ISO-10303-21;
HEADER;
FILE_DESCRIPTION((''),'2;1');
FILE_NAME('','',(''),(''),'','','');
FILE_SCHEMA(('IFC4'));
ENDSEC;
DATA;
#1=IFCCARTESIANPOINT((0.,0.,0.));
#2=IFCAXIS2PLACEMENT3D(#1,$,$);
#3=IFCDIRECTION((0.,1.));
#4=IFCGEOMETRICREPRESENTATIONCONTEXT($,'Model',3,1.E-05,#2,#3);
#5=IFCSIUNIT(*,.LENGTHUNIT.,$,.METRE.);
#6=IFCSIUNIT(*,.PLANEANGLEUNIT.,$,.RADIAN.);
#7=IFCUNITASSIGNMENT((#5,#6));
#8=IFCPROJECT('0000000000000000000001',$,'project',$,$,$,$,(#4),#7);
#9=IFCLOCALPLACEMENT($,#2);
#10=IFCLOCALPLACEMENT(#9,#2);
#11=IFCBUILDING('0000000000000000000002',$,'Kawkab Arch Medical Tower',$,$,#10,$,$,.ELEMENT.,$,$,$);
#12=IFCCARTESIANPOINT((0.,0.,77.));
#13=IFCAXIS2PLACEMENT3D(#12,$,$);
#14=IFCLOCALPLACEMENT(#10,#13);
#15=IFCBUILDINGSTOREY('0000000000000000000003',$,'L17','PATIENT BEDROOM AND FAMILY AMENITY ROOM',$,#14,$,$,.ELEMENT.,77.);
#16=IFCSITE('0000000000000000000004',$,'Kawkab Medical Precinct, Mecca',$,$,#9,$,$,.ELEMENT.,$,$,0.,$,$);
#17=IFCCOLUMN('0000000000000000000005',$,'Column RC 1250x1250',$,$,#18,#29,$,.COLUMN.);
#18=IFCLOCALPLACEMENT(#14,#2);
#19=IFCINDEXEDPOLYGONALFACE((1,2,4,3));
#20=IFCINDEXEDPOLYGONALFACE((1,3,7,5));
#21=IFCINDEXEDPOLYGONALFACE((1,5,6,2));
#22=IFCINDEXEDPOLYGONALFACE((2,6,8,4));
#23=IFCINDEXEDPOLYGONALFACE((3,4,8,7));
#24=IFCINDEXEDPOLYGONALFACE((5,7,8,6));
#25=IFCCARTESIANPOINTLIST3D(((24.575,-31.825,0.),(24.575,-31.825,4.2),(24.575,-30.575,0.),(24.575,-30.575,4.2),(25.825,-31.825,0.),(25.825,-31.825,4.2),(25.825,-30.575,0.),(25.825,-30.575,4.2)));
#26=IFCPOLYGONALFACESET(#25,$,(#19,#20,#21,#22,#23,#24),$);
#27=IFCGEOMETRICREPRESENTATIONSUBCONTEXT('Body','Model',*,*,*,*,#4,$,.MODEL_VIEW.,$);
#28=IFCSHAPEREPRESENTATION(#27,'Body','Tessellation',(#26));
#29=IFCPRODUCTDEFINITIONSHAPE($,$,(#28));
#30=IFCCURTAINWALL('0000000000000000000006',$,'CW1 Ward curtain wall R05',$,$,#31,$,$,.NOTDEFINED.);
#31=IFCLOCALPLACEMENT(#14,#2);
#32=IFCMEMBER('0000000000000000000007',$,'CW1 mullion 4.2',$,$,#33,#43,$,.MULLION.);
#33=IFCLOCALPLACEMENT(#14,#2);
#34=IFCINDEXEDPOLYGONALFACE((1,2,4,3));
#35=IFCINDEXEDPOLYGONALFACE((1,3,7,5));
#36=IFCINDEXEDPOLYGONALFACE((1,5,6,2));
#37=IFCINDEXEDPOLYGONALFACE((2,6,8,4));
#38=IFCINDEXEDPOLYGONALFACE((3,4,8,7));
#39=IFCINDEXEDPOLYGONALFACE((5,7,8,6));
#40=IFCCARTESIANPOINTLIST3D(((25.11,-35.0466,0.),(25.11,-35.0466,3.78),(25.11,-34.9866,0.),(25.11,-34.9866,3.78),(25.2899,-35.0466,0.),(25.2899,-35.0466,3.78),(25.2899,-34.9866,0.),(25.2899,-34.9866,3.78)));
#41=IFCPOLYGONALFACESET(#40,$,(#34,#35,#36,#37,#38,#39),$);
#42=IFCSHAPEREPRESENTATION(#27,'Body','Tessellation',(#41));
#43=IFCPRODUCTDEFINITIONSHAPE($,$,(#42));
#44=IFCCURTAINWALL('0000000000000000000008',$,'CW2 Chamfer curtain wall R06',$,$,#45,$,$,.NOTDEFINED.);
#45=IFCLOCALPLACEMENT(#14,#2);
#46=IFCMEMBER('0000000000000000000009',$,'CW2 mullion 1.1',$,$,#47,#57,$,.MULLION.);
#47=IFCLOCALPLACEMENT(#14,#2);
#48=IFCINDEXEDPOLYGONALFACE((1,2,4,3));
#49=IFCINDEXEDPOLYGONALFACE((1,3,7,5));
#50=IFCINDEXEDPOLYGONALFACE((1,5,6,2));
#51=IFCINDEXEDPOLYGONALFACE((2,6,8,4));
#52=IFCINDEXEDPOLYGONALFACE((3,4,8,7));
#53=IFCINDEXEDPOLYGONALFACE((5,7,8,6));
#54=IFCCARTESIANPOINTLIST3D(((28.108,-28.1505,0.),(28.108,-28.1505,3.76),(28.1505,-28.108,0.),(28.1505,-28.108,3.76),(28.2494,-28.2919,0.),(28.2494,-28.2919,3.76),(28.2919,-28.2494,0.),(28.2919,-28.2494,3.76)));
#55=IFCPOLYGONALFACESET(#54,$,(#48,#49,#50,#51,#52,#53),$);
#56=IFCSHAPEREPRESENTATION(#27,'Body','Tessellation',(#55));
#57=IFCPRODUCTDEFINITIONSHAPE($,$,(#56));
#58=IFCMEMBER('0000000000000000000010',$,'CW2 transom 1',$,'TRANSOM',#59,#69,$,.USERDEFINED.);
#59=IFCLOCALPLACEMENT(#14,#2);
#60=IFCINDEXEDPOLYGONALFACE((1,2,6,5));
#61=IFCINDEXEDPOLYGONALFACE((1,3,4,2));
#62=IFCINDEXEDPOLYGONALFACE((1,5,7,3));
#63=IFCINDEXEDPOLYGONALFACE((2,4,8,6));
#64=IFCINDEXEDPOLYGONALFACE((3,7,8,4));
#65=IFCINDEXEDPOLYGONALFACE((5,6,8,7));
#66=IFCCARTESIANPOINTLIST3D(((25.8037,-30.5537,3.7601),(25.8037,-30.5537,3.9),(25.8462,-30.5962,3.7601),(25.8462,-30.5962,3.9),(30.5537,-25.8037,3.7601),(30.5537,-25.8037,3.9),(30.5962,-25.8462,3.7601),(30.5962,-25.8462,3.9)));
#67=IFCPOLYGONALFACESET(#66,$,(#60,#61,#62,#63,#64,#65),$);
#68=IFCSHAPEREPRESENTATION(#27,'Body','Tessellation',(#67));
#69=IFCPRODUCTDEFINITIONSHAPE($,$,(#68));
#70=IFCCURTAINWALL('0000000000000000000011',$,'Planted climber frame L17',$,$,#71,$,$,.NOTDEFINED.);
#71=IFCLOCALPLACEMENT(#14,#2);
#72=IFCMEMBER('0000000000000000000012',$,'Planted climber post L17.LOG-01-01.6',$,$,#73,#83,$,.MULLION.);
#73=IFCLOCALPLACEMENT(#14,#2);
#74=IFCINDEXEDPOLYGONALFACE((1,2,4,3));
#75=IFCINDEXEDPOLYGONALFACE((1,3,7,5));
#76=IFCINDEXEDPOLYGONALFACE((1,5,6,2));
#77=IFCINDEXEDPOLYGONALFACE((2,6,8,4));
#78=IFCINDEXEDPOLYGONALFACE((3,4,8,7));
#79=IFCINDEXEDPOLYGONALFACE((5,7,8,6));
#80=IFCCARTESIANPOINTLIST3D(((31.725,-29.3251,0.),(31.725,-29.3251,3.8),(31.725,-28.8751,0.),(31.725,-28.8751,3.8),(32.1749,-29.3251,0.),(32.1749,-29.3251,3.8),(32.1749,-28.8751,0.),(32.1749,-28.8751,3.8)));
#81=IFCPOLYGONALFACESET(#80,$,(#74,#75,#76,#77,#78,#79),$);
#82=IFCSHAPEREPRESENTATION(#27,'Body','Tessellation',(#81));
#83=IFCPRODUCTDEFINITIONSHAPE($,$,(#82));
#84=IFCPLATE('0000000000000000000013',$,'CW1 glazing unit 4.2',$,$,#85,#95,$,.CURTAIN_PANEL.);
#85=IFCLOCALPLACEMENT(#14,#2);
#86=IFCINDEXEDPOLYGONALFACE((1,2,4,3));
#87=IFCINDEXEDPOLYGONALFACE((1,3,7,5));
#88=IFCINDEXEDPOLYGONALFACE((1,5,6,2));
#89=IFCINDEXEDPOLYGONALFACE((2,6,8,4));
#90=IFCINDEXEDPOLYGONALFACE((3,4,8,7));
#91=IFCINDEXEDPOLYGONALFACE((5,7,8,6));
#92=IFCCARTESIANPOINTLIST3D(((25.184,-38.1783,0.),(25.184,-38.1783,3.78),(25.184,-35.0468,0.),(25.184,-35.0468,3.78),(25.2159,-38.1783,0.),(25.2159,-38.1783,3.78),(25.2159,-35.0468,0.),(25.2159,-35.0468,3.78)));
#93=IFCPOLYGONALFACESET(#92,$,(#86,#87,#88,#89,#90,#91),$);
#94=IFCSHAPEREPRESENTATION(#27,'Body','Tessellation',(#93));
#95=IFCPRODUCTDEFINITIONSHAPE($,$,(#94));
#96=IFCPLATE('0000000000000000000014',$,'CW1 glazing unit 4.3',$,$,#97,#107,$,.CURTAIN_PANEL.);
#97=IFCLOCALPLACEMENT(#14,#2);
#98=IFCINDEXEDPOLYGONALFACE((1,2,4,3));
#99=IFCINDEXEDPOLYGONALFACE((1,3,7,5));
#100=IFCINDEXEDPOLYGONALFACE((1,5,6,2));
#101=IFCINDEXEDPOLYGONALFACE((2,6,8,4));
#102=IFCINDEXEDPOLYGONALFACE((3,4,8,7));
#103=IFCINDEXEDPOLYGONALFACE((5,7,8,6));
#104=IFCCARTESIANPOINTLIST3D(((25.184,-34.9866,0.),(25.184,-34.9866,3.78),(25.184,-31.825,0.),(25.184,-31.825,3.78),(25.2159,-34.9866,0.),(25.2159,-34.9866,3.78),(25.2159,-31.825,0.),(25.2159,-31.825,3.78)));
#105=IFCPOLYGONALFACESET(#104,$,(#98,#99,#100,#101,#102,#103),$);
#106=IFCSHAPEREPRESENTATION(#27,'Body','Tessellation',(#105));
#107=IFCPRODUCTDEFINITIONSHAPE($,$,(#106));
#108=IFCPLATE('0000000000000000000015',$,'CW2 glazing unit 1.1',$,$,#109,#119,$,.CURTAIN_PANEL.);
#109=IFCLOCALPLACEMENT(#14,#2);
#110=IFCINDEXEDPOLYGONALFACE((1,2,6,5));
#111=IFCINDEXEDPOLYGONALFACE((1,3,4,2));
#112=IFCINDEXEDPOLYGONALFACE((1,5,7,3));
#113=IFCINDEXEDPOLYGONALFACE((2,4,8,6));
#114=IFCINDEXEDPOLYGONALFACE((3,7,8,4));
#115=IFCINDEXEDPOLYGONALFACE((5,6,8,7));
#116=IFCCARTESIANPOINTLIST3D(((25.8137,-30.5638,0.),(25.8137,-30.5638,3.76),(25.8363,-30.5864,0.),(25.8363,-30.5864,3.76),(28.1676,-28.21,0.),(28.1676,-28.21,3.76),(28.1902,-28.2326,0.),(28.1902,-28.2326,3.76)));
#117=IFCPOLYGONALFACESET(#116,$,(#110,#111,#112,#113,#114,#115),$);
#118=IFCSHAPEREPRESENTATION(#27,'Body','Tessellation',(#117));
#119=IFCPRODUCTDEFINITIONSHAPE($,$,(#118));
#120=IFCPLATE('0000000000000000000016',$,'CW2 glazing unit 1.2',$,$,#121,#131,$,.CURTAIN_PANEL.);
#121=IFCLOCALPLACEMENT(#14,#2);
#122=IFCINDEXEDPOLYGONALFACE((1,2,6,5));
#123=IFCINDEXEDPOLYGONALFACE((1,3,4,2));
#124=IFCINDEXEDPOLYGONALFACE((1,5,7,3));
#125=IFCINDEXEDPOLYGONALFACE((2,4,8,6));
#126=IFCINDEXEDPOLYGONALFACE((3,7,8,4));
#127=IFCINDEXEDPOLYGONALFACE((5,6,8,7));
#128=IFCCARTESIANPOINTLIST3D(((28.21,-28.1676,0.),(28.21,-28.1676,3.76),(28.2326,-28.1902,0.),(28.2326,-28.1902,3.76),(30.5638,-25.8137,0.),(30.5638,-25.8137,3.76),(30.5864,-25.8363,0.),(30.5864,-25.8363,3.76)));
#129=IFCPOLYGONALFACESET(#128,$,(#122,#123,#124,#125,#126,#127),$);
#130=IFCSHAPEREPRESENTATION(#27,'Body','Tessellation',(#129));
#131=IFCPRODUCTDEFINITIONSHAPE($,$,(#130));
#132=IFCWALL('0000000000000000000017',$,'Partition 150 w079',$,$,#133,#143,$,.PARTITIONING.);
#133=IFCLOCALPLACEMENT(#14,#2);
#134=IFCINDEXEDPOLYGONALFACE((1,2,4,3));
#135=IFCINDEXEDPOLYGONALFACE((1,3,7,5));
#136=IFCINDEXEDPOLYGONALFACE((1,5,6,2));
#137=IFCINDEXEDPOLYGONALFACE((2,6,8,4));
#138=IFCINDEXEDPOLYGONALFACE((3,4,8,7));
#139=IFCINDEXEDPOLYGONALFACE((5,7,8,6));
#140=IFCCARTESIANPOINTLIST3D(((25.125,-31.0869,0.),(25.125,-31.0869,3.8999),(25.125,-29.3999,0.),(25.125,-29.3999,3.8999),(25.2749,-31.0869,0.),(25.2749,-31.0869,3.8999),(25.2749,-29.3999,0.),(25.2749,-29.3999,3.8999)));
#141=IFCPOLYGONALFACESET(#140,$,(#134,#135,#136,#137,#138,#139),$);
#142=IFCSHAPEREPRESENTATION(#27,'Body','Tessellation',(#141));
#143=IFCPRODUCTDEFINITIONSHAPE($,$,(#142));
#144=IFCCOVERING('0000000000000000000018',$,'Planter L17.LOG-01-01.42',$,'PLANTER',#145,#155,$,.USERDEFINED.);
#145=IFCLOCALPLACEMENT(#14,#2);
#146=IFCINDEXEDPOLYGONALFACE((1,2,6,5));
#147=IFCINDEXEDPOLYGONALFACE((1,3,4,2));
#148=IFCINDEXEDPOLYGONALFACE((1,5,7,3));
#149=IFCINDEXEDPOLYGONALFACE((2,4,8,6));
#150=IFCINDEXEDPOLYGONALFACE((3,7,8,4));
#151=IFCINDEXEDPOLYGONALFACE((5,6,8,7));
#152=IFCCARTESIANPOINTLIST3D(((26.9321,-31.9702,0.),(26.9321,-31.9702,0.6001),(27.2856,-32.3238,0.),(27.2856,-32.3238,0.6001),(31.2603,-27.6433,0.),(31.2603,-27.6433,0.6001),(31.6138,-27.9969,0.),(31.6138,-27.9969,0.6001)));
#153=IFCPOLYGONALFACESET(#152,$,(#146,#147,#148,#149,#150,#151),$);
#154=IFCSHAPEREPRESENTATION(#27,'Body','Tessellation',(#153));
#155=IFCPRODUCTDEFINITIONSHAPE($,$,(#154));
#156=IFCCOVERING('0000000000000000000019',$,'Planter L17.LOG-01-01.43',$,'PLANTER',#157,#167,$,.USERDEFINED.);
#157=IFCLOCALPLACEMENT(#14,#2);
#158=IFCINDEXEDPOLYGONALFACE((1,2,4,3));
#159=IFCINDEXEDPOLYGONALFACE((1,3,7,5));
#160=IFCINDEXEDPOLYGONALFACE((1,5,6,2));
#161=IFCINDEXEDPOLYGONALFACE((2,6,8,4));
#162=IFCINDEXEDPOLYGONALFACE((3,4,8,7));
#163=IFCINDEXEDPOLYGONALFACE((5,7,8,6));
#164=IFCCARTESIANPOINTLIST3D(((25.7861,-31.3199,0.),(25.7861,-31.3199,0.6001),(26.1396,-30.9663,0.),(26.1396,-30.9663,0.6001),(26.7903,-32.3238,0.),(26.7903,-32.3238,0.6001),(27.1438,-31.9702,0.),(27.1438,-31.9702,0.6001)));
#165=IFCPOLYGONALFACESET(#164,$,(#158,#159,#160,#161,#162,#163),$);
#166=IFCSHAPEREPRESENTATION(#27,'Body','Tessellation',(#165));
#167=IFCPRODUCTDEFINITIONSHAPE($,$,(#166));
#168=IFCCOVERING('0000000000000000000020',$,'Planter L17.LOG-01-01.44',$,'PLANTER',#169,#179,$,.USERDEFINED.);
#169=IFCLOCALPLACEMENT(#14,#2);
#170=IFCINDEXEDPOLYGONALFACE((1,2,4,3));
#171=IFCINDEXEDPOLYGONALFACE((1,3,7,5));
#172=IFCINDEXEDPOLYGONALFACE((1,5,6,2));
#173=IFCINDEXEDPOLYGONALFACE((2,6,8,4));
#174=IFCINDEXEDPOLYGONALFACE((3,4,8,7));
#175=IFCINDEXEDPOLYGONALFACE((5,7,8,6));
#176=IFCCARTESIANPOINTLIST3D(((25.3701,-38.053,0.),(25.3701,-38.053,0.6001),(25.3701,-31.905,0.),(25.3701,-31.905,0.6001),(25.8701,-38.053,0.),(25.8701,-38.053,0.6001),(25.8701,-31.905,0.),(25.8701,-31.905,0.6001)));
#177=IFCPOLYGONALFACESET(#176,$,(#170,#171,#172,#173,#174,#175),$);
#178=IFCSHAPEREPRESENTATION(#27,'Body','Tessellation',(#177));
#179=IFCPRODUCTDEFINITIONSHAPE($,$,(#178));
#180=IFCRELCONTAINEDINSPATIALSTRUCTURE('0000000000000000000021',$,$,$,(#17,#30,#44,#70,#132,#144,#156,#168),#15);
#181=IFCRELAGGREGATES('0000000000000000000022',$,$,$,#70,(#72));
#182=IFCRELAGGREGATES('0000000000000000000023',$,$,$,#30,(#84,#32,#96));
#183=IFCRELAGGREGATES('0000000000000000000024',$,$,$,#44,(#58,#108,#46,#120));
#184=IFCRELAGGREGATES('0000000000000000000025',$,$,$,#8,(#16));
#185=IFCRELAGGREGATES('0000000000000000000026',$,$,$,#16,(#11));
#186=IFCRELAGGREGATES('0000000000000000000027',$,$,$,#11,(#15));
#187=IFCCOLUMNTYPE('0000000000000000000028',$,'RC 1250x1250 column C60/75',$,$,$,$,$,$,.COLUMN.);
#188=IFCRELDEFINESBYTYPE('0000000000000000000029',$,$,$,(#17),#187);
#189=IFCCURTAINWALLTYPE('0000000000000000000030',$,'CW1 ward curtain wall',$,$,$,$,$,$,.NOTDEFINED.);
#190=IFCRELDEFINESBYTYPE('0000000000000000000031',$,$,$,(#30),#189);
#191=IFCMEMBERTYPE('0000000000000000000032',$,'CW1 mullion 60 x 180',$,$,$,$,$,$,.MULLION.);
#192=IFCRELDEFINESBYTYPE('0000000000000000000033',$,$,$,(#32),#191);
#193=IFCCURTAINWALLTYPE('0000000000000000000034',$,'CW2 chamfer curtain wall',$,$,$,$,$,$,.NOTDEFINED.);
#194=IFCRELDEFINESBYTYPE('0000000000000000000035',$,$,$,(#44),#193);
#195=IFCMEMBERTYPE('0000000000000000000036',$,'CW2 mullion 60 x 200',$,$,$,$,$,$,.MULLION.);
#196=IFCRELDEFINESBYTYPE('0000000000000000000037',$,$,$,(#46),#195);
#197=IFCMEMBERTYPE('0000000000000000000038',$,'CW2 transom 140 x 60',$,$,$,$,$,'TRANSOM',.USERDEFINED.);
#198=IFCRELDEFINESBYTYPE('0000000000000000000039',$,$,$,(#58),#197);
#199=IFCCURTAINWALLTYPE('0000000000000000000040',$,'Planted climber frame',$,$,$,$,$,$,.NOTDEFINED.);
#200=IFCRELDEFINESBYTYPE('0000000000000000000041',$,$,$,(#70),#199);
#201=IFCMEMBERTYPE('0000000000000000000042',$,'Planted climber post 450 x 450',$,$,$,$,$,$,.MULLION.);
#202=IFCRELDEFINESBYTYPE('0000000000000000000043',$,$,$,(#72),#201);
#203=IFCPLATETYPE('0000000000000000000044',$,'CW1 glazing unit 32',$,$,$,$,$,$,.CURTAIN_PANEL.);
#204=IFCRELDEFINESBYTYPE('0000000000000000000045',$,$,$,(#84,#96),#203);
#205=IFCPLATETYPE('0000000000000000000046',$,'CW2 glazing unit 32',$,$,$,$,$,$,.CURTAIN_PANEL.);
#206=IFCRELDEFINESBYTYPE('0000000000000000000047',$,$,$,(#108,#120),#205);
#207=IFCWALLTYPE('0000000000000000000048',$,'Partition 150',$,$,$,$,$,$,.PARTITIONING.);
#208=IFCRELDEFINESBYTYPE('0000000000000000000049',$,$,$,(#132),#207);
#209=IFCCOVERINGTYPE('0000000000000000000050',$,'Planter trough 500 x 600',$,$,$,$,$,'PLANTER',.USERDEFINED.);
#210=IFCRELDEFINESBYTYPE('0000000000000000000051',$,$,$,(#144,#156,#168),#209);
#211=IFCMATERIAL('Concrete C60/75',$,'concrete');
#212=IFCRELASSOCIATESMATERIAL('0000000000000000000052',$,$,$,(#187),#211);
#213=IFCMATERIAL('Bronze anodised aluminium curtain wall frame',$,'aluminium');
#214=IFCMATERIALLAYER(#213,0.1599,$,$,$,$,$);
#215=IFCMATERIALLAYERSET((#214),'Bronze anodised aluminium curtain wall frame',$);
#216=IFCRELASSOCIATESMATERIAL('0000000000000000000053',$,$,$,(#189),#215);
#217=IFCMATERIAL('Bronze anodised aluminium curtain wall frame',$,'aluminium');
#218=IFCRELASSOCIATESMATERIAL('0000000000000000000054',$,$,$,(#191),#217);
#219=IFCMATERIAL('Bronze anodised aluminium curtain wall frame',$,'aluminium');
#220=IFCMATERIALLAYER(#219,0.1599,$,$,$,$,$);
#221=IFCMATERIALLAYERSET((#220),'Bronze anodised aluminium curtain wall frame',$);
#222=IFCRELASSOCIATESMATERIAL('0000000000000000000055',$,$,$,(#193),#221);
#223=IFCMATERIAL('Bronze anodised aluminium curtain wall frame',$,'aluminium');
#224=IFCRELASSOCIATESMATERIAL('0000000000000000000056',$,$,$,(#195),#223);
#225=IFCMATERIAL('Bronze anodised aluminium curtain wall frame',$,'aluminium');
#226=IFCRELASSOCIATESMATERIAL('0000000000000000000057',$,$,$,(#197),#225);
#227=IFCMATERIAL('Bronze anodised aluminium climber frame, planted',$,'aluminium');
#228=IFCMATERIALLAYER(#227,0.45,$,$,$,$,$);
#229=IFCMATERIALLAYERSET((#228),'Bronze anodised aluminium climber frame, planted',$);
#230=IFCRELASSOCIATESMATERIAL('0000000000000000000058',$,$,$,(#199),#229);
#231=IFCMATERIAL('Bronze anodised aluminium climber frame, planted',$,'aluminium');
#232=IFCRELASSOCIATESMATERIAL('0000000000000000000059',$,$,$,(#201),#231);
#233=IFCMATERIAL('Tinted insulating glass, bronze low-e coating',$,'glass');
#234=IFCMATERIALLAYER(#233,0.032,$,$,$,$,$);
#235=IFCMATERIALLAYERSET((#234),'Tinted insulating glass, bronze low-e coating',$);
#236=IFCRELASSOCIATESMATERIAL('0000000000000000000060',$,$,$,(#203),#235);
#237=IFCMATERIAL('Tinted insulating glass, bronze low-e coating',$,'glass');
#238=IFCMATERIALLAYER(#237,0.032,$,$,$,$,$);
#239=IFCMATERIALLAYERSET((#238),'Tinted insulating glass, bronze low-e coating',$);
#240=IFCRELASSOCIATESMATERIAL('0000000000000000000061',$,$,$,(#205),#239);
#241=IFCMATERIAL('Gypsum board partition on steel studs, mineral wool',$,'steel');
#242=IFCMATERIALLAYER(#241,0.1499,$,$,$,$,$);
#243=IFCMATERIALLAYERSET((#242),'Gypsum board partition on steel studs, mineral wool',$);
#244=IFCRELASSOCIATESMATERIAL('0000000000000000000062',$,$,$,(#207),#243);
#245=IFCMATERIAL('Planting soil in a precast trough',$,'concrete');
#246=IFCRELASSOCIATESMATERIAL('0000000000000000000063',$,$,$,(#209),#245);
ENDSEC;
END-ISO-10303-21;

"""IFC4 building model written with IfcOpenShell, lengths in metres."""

from ifc_helpers import new_model, si_unit, direction, frame, frame_2d, origin, origin_2d, place, context, subcontext, project, spatial, rectangle, extrude, material, layer, layer_set, material_profile, profile_set, type_object, element, aggregate, save


model = new_model("IFC4")

# Units and contexts
model_context = context("Model", 3, precision=1e-05, world=origin(), true_north=direction((0.0, 1.0)))
body_context = subcontext(model_context, "Body", "Model", "MODEL_VIEW")
ifc_project = project(units=[si_unit("LENGTHUNIT", "METRE"), si_unit("PLANEANGLEUNIT", "RADIAN")], contexts=[model_context])

# Site, building, storey
site_placement = place(None, origin())
site = spatial("IfcSite", under=ifc_project, at=site_placement, Name="Kawkab Medical Precinct, Mecca", CompositionType="ELEMENT", RefElevation=0.0)
building_placement = place(site_placement, origin())
building = spatial("IfcBuilding", under=site, at=building_placement, Name="Kawkab Arch Medical Tower", CompositionType="ELEMENT")
storey_placement = place(building_placement, frame((0.0, 0.0, 77.0)))
storey = spatial("IfcBuildingStorey", under=building, at=storey_placement, Name="L17", Description="PATIENT BEDROOM AND FAMILY AMENITY ROOM", CompositionType="ELEMENT", Elevation=77.0)

# Column
ifc_material_1 = material(Name="Concrete C60/75", Category="concrete")
ifc_material_profile_1 = material_profile(ifc_material_1, rectangle(XDim=1.25, YDim=1.25, at=origin_2d()), Name="RC 1250x1250")
ifc_profile_set_1 = profile_set([ifc_material_profile_1], Name="Concrete C60/75")
column_type = type_object("IfcColumnType", Name="RC 1250x1250 column C60/75", PredefinedType="COLUMN", material=ifc_profile_set_1)
column_placement = place(storey_placement, frame((25.2, -31.2, 0.0), z_axis=(0.0, 0.0, 1.0), x_axis=(1.0, 0.0, 0.0)))
element("IfcColumn", 1, at=column_placement, inside=storey, type_object=column_type, Name="Column RC 1250x1250", PredefinedType="COLUMN", context=body_context, shape_type="SweptSolid", body=[
    extrude(rectangle(XDim=1.25, YDim=1.25, at=origin_2d()), origin(), (0.0, 0.0, 1.0), 4.2),
])

# Curtain wall, member
ifc_material_2 = material(Name="Bronze anodised aluminium curtain wall frame", Category="aluminium")
ifc_layer_1 = layer(ifc_material_2, 0.1599)
ifc_layer_set_1 = layer_set([ifc_layer_1], Name="Bronze anodised aluminium curtain wall frame")
curtain_wall_type_1 = type_object("IfcCurtainWallType", Name="CW1 ward curtain wall", PredefinedType="NOTDEFINED", material=ifc_layer_set_1)
placement = place(storey_placement, origin())
curtain_wall_1 = element("IfcCurtainWall", 2, at=placement, inside=storey, type_object=curtain_wall_type_1, Name="CW1 Ward curtain wall R05", PredefinedType="NOTDEFINED")
ifc_material_3 = material(Name="Bronze anodised aluminium curtain wall frame", Category="aluminium")
ifc_material_profile_2 = material_profile(ifc_material_3, rectangle(XDim=0.1799, YDim=0.0601, at=origin_2d()), Name="AL 60x180")
ifc_profile_set_2 = profile_set([ifc_material_profile_2], Name="Bronze anodised aluminium curtain wall frame")
member_type_1 = type_object("IfcMemberType", Name="CW1 mullion 60 x 180", PredefinedType="MULLION", material=ifc_profile_set_2)
member_1_placement = place(storey_placement, frame((25.2, -35.0166, 0.0), z_axis=(0.0, 0.0, 1.0), x_axis=(-1.0, 0.0, 0.0)))
member_1 = element("IfcMember", 3, at=member_1_placement, type_object=member_type_1, Name="CW1 mullion 4.2", PredefinedType="MULLION", context=body_context, shape_type="SweptSolid", body=[
    extrude(rectangle(XDim=0.1799, YDim=0.0601, at=origin_2d()), origin(), (0.0, 0.0, 1.0), 3.78),
])

# Curtain wall, members
ifc_material_4 = material(Name="Bronze anodised aluminium curtain wall frame", Category="aluminium")
ifc_layer_2 = layer(ifc_material_4, 0.1599)
ifc_layer_set_2 = layer_set([ifc_layer_2], Name="Bronze anodised aluminium curtain wall frame")
curtain_wall_type_2 = type_object("IfcCurtainWallType", Name="CW2 chamfer curtain wall", PredefinedType="NOTDEFINED", material=ifc_layer_set_2)
curtain_wall_2 = element("IfcCurtainWall", 4, at=placement, inside=storey, type_object=curtain_wall_type_2, Name="CW2 Chamfer curtain wall R06", PredefinedType="NOTDEFINED")
ifc_material_5 = material(Name="Bronze anodised aluminium curtain wall frame", Category="aluminium")
ifc_material_profile_3 = material_profile(ifc_material_5, rectangle(XDim=0.2, YDim=0.0601, at=origin_2d()), Name="AL 60x200")
ifc_profile_set_3 = profile_set([ifc_material_profile_3], Name="Bronze anodised aluminium curtain wall frame")
member_type_2 = type_object("IfcMemberType", Name="CW2 mullion 60 x 200", PredefinedType="MULLION", material=ifc_profile_set_3)
member_2_placement = place(storey_placement, frame((28.2, -28.2, 0.0), z_axis=(0.0, 0.0, 1.0), x_axis=(-0.707107, 0.707107, 0.0)))
member_2 = element("IfcMember", 5, at=member_2_placement, type_object=member_type_2, Name="CW2 mullion 1.1", PredefinedType="MULLION", context=body_context, shape_type="SweptSolid", body=[
    extrude(rectangle(XDim=0.2, YDim=0.0601, at=origin_2d()), origin(), (0.0, 0.0, 1.0), 3.76),
])
ifc_material_6 = material(Name="Bronze anodised aluminium curtain wall frame", Category="aluminium")
ifc_material_profile_4 = material_profile(ifc_material_6, rectangle(XDim=0.0601, YDim=0.1399, at=origin_2d()), Name="AL 60x140")
ifc_profile_set_4 = profile_set([ifc_material_profile_4], Name="Bronze anodised aluminium curtain wall frame")
member_type_3 = type_object("IfcMemberType", Name="CW2 transom 140 x 60", ElementType="TRANSOM", PredefinedType="USERDEFINED", material=ifc_profile_set_4)
member_3_placement = place(storey_placement, frame((25.825, -30.575, 3.8301), z_axis=(0.707107, 0.707107, 0.0), x_axis=(-0.707107, 0.707107, 0.0)))
member_3 = element("IfcMember", 6, at=member_3_placement, type_object=member_type_3, Name="CW2 transom 1", ObjectType="TRANSOM", PredefinedType="USERDEFINED", context=body_context, shape_type="SweptSolid", body=[
    extrude(rectangle(XDim=0.0601, YDim=0.1399, at=origin_2d()), origin(), (0.0, 0.0, 1.0), 6.7175),
])

# Curtain wall, member
ifc_material_7 = material(Name="Bronze anodised aluminium climber frame, planted", Category="aluminium")
ifc_layer_3 = layer(ifc_material_7, 0.45)
ifc_layer_set_3 = layer_set([ifc_layer_3], Name="Bronze anodised aluminium climber frame, planted")
curtain_wall_type_3 = type_object("IfcCurtainWallType", Name="Planted climber frame", PredefinedType="NOTDEFINED", material=ifc_layer_set_3)
curtain_wall_3 = element("IfcCurtainWall", 7, at=placement, inside=storey, type_object=curtain_wall_type_3, Name="Planted climber frame L17", PredefinedType="NOTDEFINED")
ifc_material_8 = material(Name="Bronze anodised aluminium climber frame, planted", Category="aluminium")
ifc_material_profile_5 = material_profile(ifc_material_8, rectangle(XDim=0.45, YDim=0.45, at=origin_2d()), Name="Post 450x450")
ifc_profile_set_5 = profile_set([ifc_material_profile_5], Name="Bronze anodised aluminium climber frame, planted")
member_type_4 = type_object("IfcMemberType", Name="Planted climber post 450 x 450", PredefinedType="MULLION", material=ifc_profile_set_5)
member_4_placement = place(storey_placement, frame((31.95, -29.1001, 0.0), z_axis=(0.0, 0.0, 1.0), x_axis=(1.0, 0.0, 0.0)))
member_4 = element("IfcMember", 8, at=member_4_placement, type_object=member_type_4, Name="Planted climber post L17.LOG-01-01.6", PredefinedType="MULLION", context=body_context, shape_type="SweptSolid", body=[
    extrude(rectangle(XDim=0.45, YDim=0.45, at=origin_2d()), origin(), (0.0, 0.0, 1.0), 3.8),
])
aggregate(curtain_wall_3, [member_4])

# Plates
ifc_material_9 = material(Name="Tinted insulating glass, bronze low-e coating", Category="glass")
ifc_layer_4 = layer(ifc_material_9, 0.032)
ifc_layer_set_4 = layer_set([ifc_layer_4], Name="Tinted insulating glass, bronze low-e coating")
plate_type_1 = type_object("IfcPlateType", Name="CW1 glazing unit 32", PredefinedType="CURTAIN_PANEL", material=ifc_layer_set_4)
plate_1_placement = place(storey_placement, frame((25.2, -36.6125, 0.0), z_axis=(0.0, 0.0, 1.0), x_axis=(0.0, 1.0, 0.0)))
plate_1 = element("IfcPlate", 9, at=plate_1_placement, type_object=plate_type_1, Name="CW1 glazing unit 4.2", PredefinedType="CURTAIN_PANEL", context=body_context, shape_type="SweptSolid", body=[
    extrude(rectangle(XDim=3.1316, YDim=0.032, at=origin_2d()), origin(), (0.0, 0.0, 1.0), 3.78),
])
plate_2_placement = place(storey_placement, frame((25.2, -33.4058, 0.0), z_axis=(0.0, 0.0, 1.0), x_axis=(0.0, 1.0, 0.0)))
plate_2 = element("IfcPlate", 10, at=plate_2_placement, type_object=plate_type_1, Name="CW1 glazing unit 4.3", PredefinedType="CURTAIN_PANEL", context=body_context, shape_type="SweptSolid", body=[
    extrude(rectangle(XDim=3.1616, YDim=0.032, at=origin_2d()), origin(), (0.0, 0.0, 1.0), 3.78),
])
aggregate(curtain_wall_1, [plate_1, member_1, plate_2])
ifc_material_10 = material(Name="Tinted insulating glass, bronze low-e coating", Category="glass")
ifc_layer_5 = layer(ifc_material_10, 0.032)
ifc_layer_set_5 = layer_set([ifc_layer_5], Name="Tinted insulating glass, bronze low-e coating")
plate_type_2 = type_object("IfcPlateType", Name="CW2 glazing unit 32", PredefinedType="CURTAIN_PANEL", material=ifc_layer_set_5)
plate_3_placement = place(storey_placement, frame((27.002, -29.3982, 0.0), z_axis=(0.0, 0.0, 1.0), x_axis=(0.707107, 0.707107, 0.0)))
plate_3 = element("IfcPlate", 11, at=plate_3_placement, type_object=plate_type_2, Name="CW2 glazing unit 1.1", PredefinedType="CURTAIN_PANEL", context=body_context, shape_type="SweptSolid", body=[
    extrude(rectangle(XDim=3.3289, YDim=0.032, at=origin_2d()), origin(), (0.0, 0.0, 1.0), 3.76),
])
plate_4_placement = place(storey_placement, frame((29.3982, -27.002, 0.0), z_axis=(0.0, 0.0, 1.0), x_axis=(0.707107, 0.707107, 0.0)))
plate_4 = element("IfcPlate", 12, at=plate_4_placement, type_object=plate_type_2, Name="CW2 glazing unit 1.2", PredefinedType="CURTAIN_PANEL", context=body_context, shape_type="SweptSolid", body=[
    extrude(rectangle(XDim=3.3289, YDim=0.032, at=origin_2d()), origin(), (0.0, 0.0, 1.0), 3.76),
])
aggregate(curtain_wall_2, [member_3, plate_3, member_2, plate_4])

# Wall
ifc_material_11 = material(Name="Gypsum board partition on steel studs, mineral wool", Category="steel")
ifc_layer_6 = layer(ifc_material_11, 0.1499)
ifc_layer_set_6 = layer_set([ifc_layer_6], Name="Gypsum board partition on steel studs, mineral wool")
wall_type = type_object("IfcWallType", Name="Partition 150", PredefinedType="PARTITIONING", material=ifc_layer_set_6)
wall_placement = place(storey_placement, frame((25.2, -31.0869, 0.0), z_axis=(0.0, 0.0, 1.0), x_axis=(0.0, 1.0, 0.0)))
element("IfcWall", 13, at=wall_placement, inside=storey, type_object=wall_type, Name="Partition 150 w079", PredefinedType="PARTITIONING", context=body_context, shape_type="SweptSolid", body=[
    extrude(rectangle(XDim=1.687, YDim=0.1499, at=frame_2d((0.8435, 0.0))), origin(), (0.0, 0.0, 1.0), 3.8999),
])

# Coverings
ifc_material_12 = material(Name="Planting soil in a precast trough", Category="concrete")
ifc_material_profile_6 = material_profile(ifc_material_12, rectangle(XDim=0.5, YDim=0.6001, at=origin_2d()), Name="Trough 500x600")
ifc_profile_set_6 = profile_set([ifc_material_profile_6], Name="Planting soil in a precast trough")
covering_type = type_object("IfcCoveringType", Name="Planter trough 500 x 600", ElementType="PLANTER", PredefinedType="USERDEFINED", material=ifc_profile_set_6)
covering_1_placement = place(storey_placement, frame((31.437, -27.8201, 0.3), z_axis=(-0.707207, -0.707007, 0.0), x_axis=(0.707007, -0.707207, 0.0)))
element("IfcCovering", 14, at=covering_1_placement, inside=storey, type_object=covering_type, Name="Planter L17.LOG-01-01.42", ObjectType="PLANTER", PredefinedType="USERDEFINED", context=body_context, shape_type="SweptSolid", body=[
    extrude(rectangle(XDim=0.5, YDim=0.6001, at=origin_2d()), origin(), (0.0, 0.0, 1.0), 6.1201),
])
covering_2_placement = place(storey_placement, frame((26.967, -32.147, 0.3), z_axis=(-0.707193, 0.707021, 0.0), x_axis=(-0.707021, -0.707193, 0.0)))
element("IfcCovering", 15, at=covering_2_placement, inside=storey, type_object=covering_type, Name="Planter L17.LOG-01-01.43", ObjectType="PLANTER", PredefinedType="USERDEFINED", context=body_context, shape_type="SweptSolid", body=[
    extrude(rectangle(XDim=0.5, YDim=0.6001, at=origin_2d()), origin(), (0.0, 0.0, 1.0), 1.4199),
])
covering_3_placement = place(storey_placement, frame((25.6201, -31.905, 0.3), z_axis=(0.0, -1.0, 0.0), x_axis=(1.0, 0.0, 0.0)))
element("IfcCovering", 16, at=covering_3_placement, inside=storey, type_object=covering_type, Name="Planter L17.LOG-01-01.44", ObjectType="PLANTER", PredefinedType="USERDEFINED", context=body_context, shape_type="SweptSolid", body=[
    extrude(rectangle(XDim=0.5, YDim=0.6001, at=origin_2d()), origin(), (0.0, 0.0, 1.0), 6.1479),
])

save(model, "model.ifc")
